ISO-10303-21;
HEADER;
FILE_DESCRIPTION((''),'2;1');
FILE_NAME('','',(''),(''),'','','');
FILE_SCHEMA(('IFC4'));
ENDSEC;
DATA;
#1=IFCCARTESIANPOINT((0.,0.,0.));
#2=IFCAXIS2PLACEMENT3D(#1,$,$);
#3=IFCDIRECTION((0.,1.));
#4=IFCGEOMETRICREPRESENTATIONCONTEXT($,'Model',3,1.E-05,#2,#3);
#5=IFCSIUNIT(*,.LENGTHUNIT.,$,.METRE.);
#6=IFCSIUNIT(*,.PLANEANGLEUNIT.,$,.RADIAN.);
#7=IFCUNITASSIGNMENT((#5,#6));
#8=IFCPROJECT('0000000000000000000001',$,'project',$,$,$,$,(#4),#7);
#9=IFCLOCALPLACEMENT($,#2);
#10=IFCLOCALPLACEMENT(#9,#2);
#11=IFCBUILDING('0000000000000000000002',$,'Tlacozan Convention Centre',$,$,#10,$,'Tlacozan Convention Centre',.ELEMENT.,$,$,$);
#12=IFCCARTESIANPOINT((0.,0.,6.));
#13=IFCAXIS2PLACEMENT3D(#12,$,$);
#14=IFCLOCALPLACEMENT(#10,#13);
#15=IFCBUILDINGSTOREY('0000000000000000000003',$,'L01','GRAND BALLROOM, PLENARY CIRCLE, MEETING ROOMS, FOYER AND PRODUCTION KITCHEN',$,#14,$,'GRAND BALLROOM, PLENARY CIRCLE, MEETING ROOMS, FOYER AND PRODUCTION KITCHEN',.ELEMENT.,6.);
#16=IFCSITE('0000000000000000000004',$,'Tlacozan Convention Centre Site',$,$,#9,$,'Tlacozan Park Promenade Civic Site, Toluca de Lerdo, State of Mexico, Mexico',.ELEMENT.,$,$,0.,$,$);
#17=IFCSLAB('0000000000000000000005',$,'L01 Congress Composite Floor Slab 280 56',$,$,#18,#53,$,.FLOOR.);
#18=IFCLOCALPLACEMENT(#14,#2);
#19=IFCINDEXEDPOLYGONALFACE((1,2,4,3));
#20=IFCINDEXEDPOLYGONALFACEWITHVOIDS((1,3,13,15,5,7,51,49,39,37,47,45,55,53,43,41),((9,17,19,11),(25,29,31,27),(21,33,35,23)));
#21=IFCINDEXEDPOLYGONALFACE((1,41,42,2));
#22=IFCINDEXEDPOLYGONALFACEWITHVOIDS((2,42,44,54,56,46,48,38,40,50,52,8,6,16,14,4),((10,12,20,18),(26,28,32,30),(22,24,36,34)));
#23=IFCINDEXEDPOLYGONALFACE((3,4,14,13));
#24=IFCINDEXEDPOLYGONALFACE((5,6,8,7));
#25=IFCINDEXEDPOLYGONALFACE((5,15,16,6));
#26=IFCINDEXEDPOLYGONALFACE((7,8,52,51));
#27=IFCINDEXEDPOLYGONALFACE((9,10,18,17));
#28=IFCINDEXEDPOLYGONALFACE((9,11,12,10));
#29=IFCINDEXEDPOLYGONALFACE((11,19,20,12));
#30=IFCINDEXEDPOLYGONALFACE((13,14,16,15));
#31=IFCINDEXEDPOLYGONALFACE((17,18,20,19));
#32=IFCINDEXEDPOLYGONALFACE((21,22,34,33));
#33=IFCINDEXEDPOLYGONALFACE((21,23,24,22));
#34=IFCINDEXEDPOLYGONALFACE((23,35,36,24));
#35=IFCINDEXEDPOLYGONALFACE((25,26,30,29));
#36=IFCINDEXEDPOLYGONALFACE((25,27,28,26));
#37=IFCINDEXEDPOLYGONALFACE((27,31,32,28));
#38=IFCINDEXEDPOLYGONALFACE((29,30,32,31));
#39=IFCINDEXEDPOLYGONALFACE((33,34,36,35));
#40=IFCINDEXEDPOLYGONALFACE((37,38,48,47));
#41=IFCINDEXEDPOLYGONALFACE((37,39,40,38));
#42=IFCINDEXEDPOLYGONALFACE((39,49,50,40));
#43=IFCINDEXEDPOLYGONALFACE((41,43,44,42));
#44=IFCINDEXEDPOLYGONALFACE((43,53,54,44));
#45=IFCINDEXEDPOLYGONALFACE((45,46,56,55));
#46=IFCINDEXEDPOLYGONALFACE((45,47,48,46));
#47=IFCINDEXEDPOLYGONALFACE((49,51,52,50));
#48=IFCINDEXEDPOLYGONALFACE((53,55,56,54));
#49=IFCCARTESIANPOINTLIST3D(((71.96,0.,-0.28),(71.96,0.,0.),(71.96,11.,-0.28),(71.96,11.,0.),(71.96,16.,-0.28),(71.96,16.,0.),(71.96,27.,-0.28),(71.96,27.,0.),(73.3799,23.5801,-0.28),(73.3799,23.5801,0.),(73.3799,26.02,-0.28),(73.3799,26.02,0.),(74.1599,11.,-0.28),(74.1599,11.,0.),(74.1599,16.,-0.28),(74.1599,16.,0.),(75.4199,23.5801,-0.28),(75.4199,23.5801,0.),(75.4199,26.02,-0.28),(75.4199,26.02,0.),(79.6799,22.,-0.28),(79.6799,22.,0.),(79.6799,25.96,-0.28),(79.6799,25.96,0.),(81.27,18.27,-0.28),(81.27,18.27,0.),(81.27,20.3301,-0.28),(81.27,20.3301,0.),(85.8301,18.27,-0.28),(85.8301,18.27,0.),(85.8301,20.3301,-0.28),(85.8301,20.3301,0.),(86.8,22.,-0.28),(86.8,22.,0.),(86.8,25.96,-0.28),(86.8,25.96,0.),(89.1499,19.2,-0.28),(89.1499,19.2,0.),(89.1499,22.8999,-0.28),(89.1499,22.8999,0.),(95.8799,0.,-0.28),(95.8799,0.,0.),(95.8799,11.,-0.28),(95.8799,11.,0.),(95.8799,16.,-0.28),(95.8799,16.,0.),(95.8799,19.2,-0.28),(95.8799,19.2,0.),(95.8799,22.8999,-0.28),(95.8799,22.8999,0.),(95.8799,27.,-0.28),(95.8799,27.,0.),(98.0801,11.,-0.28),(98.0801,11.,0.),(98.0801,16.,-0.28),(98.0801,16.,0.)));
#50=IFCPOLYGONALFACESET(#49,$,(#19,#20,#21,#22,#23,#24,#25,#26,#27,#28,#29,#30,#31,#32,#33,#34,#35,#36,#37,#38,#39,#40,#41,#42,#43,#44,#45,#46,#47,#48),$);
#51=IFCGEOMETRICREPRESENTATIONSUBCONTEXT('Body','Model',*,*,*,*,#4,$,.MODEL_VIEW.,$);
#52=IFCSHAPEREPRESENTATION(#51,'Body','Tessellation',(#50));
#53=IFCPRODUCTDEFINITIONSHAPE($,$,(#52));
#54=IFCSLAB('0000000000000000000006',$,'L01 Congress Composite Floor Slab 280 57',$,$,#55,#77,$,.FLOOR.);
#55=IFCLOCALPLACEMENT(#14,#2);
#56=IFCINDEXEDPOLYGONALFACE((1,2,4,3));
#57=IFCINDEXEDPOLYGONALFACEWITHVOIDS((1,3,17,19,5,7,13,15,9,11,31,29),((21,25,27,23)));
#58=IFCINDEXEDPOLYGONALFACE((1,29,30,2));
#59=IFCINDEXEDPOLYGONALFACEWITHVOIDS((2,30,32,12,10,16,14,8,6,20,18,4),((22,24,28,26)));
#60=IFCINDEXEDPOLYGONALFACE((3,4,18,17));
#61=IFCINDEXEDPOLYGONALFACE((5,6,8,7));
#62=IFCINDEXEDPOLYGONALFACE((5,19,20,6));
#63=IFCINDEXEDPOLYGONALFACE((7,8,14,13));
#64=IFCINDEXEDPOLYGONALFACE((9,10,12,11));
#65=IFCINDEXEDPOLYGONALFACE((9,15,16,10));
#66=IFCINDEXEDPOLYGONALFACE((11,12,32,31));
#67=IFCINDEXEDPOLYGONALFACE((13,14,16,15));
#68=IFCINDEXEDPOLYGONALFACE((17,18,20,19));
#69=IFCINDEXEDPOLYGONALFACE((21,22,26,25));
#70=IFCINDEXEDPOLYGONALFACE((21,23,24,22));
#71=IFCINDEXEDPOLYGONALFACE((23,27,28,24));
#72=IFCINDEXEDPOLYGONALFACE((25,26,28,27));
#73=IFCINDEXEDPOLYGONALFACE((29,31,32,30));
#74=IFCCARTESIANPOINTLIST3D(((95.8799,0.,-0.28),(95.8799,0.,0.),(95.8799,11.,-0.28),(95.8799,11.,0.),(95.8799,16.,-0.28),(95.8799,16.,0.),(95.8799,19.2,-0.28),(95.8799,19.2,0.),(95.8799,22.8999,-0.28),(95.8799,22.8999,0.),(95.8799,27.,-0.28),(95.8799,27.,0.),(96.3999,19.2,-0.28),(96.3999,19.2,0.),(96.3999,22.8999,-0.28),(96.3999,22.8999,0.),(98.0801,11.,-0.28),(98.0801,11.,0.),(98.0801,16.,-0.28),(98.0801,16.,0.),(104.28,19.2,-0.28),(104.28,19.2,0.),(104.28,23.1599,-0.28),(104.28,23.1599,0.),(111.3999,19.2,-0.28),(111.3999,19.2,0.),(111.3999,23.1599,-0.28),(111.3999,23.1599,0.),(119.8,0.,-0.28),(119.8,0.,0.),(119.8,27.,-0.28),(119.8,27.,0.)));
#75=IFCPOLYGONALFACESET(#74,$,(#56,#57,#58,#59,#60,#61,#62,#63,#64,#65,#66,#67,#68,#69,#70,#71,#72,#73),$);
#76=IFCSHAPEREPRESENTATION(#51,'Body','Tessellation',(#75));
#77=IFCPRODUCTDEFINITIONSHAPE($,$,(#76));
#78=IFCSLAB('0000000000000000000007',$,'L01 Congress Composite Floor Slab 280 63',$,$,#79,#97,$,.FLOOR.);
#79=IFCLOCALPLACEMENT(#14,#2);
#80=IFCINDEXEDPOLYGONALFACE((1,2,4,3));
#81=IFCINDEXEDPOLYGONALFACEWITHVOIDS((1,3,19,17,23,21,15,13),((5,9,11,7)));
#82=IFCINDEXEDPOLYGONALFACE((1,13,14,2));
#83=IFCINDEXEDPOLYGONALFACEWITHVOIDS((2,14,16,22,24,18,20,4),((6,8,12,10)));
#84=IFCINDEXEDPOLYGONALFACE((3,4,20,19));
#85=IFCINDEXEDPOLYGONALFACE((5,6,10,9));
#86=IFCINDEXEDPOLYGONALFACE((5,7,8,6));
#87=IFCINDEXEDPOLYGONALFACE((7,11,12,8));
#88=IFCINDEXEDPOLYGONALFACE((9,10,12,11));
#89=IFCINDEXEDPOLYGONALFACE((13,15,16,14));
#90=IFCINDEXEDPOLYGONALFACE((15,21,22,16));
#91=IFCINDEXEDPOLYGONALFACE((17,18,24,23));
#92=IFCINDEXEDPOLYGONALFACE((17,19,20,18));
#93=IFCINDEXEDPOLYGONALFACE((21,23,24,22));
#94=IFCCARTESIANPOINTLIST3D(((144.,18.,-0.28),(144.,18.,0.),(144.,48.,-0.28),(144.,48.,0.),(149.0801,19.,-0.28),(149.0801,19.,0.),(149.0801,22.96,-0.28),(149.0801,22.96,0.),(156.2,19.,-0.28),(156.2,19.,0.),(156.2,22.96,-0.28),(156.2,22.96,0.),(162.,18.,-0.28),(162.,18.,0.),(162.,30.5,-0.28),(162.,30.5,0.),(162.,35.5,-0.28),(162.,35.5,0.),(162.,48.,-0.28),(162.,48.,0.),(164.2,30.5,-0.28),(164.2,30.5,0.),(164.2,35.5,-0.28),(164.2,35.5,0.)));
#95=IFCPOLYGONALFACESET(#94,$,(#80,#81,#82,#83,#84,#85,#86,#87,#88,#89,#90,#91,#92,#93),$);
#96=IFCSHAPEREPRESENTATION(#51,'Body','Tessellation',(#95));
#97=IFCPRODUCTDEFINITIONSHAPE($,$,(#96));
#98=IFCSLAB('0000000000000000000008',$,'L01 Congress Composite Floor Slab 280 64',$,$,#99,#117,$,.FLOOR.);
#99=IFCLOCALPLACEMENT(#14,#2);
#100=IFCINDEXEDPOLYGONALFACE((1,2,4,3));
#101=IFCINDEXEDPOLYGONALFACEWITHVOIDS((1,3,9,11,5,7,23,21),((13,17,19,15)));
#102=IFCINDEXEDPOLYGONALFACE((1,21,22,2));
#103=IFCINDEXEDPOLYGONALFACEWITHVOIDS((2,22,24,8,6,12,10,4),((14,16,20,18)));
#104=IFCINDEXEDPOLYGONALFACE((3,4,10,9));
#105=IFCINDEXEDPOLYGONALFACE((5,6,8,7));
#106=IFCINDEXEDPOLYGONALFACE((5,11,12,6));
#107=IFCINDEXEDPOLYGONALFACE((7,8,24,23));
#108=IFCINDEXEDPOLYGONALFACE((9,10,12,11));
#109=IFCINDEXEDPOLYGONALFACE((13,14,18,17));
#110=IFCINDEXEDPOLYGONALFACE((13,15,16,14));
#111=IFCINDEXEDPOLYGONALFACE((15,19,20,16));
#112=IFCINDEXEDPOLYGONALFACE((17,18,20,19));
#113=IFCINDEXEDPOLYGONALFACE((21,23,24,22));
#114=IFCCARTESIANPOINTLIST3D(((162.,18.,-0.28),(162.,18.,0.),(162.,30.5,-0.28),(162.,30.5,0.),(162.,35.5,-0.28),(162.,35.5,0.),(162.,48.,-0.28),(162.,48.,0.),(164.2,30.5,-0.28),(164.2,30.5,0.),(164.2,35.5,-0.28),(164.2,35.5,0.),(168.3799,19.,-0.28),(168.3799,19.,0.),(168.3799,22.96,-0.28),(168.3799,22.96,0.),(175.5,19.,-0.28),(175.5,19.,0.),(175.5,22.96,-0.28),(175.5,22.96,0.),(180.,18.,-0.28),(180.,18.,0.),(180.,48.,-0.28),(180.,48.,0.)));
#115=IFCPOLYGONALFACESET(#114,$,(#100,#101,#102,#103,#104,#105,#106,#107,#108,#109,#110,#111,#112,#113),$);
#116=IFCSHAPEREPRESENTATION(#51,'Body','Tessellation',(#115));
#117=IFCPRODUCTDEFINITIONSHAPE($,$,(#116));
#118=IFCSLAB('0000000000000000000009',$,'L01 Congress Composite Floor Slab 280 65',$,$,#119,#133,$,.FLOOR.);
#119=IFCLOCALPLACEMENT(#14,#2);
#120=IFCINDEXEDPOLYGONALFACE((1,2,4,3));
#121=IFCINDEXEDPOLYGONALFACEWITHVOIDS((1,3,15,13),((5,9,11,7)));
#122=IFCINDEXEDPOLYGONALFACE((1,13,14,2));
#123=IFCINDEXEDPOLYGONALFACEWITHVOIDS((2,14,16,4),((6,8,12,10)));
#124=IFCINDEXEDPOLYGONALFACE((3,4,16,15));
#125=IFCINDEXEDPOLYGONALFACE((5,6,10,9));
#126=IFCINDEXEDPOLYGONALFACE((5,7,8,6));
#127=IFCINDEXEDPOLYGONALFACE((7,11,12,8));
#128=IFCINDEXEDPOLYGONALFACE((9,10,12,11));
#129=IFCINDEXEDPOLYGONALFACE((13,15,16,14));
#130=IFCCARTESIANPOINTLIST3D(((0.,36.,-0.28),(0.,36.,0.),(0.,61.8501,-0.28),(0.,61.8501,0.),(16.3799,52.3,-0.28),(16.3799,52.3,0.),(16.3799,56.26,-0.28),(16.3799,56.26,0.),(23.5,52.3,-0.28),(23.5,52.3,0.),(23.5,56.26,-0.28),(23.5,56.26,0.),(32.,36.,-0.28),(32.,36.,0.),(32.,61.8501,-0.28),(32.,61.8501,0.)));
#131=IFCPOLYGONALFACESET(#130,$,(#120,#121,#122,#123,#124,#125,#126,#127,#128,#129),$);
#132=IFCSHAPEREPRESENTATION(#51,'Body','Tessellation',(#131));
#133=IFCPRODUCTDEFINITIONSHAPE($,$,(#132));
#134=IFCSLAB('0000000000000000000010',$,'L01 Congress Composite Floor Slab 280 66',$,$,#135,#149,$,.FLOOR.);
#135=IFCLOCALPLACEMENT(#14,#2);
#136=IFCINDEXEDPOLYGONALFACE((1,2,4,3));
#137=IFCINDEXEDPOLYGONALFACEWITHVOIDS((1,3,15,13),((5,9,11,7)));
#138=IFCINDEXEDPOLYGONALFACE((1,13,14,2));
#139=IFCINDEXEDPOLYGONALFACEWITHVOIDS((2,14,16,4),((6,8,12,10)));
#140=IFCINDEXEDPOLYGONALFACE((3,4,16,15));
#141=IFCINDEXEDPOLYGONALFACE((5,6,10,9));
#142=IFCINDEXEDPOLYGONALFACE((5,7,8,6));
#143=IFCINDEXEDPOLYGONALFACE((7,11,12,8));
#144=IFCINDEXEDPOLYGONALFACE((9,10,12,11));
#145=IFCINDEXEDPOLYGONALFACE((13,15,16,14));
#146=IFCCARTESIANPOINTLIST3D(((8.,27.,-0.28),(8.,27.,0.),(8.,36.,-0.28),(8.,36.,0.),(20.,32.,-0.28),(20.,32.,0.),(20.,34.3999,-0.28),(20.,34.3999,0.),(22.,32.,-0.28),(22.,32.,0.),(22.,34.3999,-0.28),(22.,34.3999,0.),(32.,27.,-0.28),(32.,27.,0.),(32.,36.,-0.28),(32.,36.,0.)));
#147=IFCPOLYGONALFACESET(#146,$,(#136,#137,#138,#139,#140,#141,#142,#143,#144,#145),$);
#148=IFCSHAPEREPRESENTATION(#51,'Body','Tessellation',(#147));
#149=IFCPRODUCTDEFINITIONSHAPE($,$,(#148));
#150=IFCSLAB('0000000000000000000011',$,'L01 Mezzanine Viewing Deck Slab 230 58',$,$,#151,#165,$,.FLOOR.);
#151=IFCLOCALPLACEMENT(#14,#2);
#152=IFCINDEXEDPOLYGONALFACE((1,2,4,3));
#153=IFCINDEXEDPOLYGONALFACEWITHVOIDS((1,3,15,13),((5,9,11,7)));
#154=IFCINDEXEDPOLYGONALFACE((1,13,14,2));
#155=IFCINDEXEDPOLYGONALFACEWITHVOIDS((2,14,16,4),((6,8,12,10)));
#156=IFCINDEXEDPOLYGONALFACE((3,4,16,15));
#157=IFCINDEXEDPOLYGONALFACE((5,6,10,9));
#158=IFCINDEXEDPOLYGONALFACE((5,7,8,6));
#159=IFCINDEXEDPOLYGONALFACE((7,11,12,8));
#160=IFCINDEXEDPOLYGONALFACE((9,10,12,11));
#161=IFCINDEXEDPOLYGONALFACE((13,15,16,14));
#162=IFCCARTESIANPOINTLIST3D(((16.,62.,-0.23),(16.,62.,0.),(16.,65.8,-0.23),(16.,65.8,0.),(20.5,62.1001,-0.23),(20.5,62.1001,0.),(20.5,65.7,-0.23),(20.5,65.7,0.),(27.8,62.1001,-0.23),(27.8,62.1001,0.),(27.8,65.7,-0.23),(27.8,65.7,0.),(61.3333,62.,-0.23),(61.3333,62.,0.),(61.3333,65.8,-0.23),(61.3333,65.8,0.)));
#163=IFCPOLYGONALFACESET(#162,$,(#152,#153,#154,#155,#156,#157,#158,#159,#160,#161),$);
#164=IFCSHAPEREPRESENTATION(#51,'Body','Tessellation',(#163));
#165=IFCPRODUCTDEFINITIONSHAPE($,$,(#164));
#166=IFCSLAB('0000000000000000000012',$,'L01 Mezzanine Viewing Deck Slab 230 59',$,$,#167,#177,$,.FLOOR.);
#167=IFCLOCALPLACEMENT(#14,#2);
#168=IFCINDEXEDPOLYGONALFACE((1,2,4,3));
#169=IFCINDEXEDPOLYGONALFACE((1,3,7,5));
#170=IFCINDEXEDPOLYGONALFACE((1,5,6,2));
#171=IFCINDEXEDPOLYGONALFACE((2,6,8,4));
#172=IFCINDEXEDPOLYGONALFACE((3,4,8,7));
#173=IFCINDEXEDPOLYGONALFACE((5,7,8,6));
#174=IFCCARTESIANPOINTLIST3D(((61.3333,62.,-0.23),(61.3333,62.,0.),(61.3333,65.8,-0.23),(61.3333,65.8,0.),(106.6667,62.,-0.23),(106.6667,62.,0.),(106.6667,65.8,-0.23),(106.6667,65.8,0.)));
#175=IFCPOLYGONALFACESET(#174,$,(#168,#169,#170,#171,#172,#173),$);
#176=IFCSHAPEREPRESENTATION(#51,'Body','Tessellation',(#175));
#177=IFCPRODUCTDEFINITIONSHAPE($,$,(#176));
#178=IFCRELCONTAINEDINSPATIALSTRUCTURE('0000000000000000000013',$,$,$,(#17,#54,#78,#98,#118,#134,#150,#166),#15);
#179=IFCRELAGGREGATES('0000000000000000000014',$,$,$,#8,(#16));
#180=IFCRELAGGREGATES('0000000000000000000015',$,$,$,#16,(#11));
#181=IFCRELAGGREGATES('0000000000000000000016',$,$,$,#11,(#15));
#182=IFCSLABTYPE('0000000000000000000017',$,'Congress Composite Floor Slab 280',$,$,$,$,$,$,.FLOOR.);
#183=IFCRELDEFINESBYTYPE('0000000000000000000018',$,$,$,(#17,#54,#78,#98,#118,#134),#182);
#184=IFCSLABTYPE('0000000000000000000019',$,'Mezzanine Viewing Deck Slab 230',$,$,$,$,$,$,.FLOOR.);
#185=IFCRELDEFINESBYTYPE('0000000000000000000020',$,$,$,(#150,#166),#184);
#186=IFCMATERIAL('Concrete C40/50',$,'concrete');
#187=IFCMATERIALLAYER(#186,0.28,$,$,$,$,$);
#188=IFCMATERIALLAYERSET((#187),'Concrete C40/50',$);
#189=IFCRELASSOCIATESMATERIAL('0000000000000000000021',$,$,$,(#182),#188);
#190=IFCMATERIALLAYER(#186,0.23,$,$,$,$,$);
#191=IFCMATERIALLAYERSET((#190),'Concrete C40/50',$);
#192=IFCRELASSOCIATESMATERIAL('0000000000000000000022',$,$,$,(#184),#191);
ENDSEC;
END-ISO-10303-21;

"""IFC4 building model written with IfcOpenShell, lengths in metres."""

from ifc_helpers import new_model, si_unit, direction, frame, origin, place, context, subcontext, project, spatial, polyline, outline, extrude, material, layer, layer_set, type_object, element, save


model = new_model("IFC4")

# Units and contexts
model_context = context("Model", 3, precision=1e-05, world=origin(), true_north=direction((0.0, 1.0)))
body_context = subcontext(model_context, "Body", "Model", "MODEL_VIEW")
ifc_project = project(units=[si_unit("LENGTHUNIT", "METRE"), si_unit("PLANEANGLEUNIT", "RADIAN")], contexts=[model_context])

# Site, building, storey
site_placement = place(None, origin())
site = spatial("IfcSite", under=ifc_project, at=site_placement, Name="Tlacozan Convention Centre Site", LongName="Tlacozan Park Promenade Civic Site, Toluca de Lerdo, State of Mexico, Mexico", CompositionType="ELEMENT", RefElevation=0.0)
building_placement = place(site_placement, origin())
building = spatial("IfcBuilding", under=site, at=building_placement, Name="Tlacozan Convention Centre", LongName="Tlacozan Convention Centre", CompositionType="ELEMENT")
storey_placement = place(building_placement, frame((0.0, 0.0, 6.0)))
storey = spatial("IfcBuildingStorey", under=building, at=storey_placement, Name="L01", Description="GRAND BALLROOM, PLENARY CIRCLE, MEETING ROOMS, FOYER AND PRODUCTION KITCHEN", LongName="GRAND BALLROOM, PLENARY CIRCLE, MEETING ROOMS, FOYER AND PRODUCTION KITCHEN", CompositionType="ELEMENT", Elevation=6.0)

# Slabs
ifc_material_1 = material(Name="Concrete C40/50", Category="concrete")
ifc_layer_1 = layer(ifc_material_1, 0.28)
ifc_layer_set_1 = layer_set([ifc_layer_1], Name="Concrete C40/50")
slab_type_1 = type_object("IfcSlabType", Name="Congress Composite Floor Slab 280", PredefinedType="FLOOR", material=ifc_layer_set_1)
slab_1_placement = place(storey_placement, frame((0.0, 0.0, -0.28)))
element("IfcSlab", 1, at=slab_1_placement, inside=storey, type_object=slab_type_1, Name="L01 Congress Composite Floor Slab 280 56", PredefinedType="FLOOR", context=body_context, shape_type="SweptSolid", body=[
    extrude(outline(polyline([(71.96, 11.0), (74.1599, 11.0), (74.1599, 16.0), (71.96, 16.0), (71.96, 27.0), (95.8799, 27.0), (95.8799, 22.8999), (89.1499, 22.8999), (89.1499, 19.2), (95.8799, 19.2), (95.8799, 16.0), (98.0801, 16.0), (98.0801, 11.0), (95.8799, 11.0), (95.8799, 0.0), (71.96, 0.0), (71.96, 11.0)]), holes=[polyline([(75.4199, 23.5801), (75.4199, 26.02), (73.3799, 26.02), (73.3799, 23.5801), (75.4199, 23.5801)]), polyline([(85.8301, 20.3301), (81.27, 20.3301), (81.27, 18.27), (85.8301, 18.27), (85.8301, 20.3301)]), polyline([(79.6799, 22.0), (86.8, 22.0), (86.8, 25.96), (79.6799, 25.96), (79.6799, 22.0)])]), origin(), (0.0, 0.0, 1.0), 0.28),
])
slab_2_placement = place(storey_placement, frame((0.0, 0.0, -0.28)))
element("IfcSlab", 2, at=slab_2_placement, inside=storey, type_object=slab_type_1, Name="L01 Congress Composite Floor Slab 280 57", PredefinedType="FLOOR", context=body_context, shape_type="SweptSolid", body=[
    extrude(outline(polyline([(119.8, 27.0), (119.8, 0.0), (95.8799, 0.0), (95.8799, 11.0), (98.0801, 11.0), (98.0801, 16.0), (95.8799, 16.0), (95.8799, 19.2), (96.3999, 19.2), (96.3999, 22.8999), (95.8799, 22.8999), (95.8799, 27.0), (119.8, 27.0)]), holes=[polyline([(104.28, 19.2), (111.3999, 19.2), (111.3999, 23.1599), (104.28, 23.1599), (104.28, 19.2)])]), origin(), (0.0, 0.0, 1.0), 0.28),
])
slab_3_placement = place(storey_placement, frame((0.0, 0.0, -0.28)))
element("IfcSlab", 3, at=slab_3_placement, inside=storey, type_object=slab_type_1, Name="L01 Congress Composite Floor Slab 280 63", PredefinedType="FLOOR", context=body_context, shape_type="SweptSolid", body=[
    extrude(outline(polyline([(144.0, 18.0), (144.0, 48.0), (162.0, 48.0), (162.0, 35.5), (164.2, 35.5), (164.2, 30.5), (162.0, 30.5), (162.0, 18.0), (144.0, 18.0)]), holes=[polyline([(149.0801, 19.0), (156.2, 19.0), (156.2, 22.96), (149.0801, 22.96), (149.0801, 19.0)])]), origin(), (0.0, 0.0, 1.0), 0.28),
])
slab_4_placement = place(storey_placement, frame((0.0, 0.0, -0.28)))
element("IfcSlab", 4, at=slab_4_placement, inside=storey, type_object=slab_type_1, Name="L01 Congress Composite Floor Slab 280 64", PredefinedType="FLOOR", context=body_context, shape_type="SweptSolid", body=[
    extrude(outline(polyline([(180.0, 48.0), (180.0, 18.0), (162.0, 18.0), (162.0, 30.5), (164.2, 30.5), (164.2, 35.5), (162.0, 35.5), (162.0, 48.0), (180.0, 48.0)]), holes=[polyline([(168.3799, 19.0), (175.5, 19.0), (175.5, 22.96), (168.3799, 22.96), (168.3799, 19.0)])]), origin(), (0.0, 0.0, 1.0), 0.28),
])
slab_5_placement = place(storey_placement, frame((0.0, 0.0, -0.28)))
element("IfcSlab", 5, at=slab_5_placement, inside=storey, type_object=slab_type_1, Name="L01 Congress Composite Floor Slab 280 65", PredefinedType="FLOOR", context=body_context, shape_type="SweptSolid", body=[
    extrude(outline(polyline([(0.0, 36.0), (0.0, 61.8501), (32.0, 61.8501), (32.0, 36.0), (0.0, 36.0)]), holes=[polyline([(16.3799, 52.3), (23.5, 52.3), (23.5, 56.26), (16.3799, 56.26), (16.3799, 52.3)])]), origin(), (0.0, 0.0, 1.0), 0.28),
])
slab_6_placement = place(storey_placement, frame((0.0, 0.0, -0.28)))
element("IfcSlab", 6, at=slab_6_placement, inside=storey, type_object=slab_type_1, Name="L01 Congress Composite Floor Slab 280 66", PredefinedType="FLOOR", context=body_context, shape_type="SweptSolid", body=[
    extrude(outline(polyline([(8.0, 27.0), (8.0, 36.0), (32.0, 36.0), (32.0, 27.0), (8.0, 27.0)]), holes=[polyline([(22.0, 34.3999), (20.0, 34.3999), (20.0, 32.0), (22.0, 32.0), (22.0, 34.3999)])]), origin(), (0.0, 0.0, 1.0), 0.28),
])
ifc_layer_2 = layer(ifc_material_1, 0.23)
ifc_layer_set_2 = layer_set([ifc_layer_2], Name="Concrete C40/50")
slab_type_2 = type_object("IfcSlabType", Name="Mezzanine Viewing Deck Slab 230", PredefinedType="FLOOR", material=ifc_layer_set_2)
slab_7_placement = place(storey_placement, frame((0.0, 0.0, -0.23)))
element("IfcSlab", 7, at=slab_7_placement, inside=storey, type_object=slab_type_2, Name="L01 Mezzanine Viewing Deck Slab 230 58", PredefinedType="FLOOR", context=body_context, shape_type="SweptSolid", body=[
    extrude(outline(polyline([(16.0, 62.0), (16.0, 65.8), (61.3333, 65.8), (61.3333, 62.0), (16.0, 62.0)]), holes=[polyline([(20.5, 62.1001), (27.8, 62.1001), (27.8, 65.7), (20.5, 65.7), (20.5, 62.1001)])]), origin(), (0.0, 0.0, 1.0), 0.23),
])
slab_8_placement = place(storey_placement, frame((0.0, 0.0, -0.23)))
element("IfcSlab", 8, at=slab_8_placement, inside=storey, type_object=slab_type_2, Name="L01 Mezzanine Viewing Deck Slab 230 59", PredefinedType="FLOOR", context=body_context, shape_type="SweptSolid", body=[
    extrude(outline(polyline([(61.3333, 62.0), (61.3333, 65.8), (106.6667, 65.8), (106.6667, 62.0), (61.3333, 62.0)])), origin(), (0.0, 0.0, 1.0), 0.23),
])

save(model, "model.ifc")
